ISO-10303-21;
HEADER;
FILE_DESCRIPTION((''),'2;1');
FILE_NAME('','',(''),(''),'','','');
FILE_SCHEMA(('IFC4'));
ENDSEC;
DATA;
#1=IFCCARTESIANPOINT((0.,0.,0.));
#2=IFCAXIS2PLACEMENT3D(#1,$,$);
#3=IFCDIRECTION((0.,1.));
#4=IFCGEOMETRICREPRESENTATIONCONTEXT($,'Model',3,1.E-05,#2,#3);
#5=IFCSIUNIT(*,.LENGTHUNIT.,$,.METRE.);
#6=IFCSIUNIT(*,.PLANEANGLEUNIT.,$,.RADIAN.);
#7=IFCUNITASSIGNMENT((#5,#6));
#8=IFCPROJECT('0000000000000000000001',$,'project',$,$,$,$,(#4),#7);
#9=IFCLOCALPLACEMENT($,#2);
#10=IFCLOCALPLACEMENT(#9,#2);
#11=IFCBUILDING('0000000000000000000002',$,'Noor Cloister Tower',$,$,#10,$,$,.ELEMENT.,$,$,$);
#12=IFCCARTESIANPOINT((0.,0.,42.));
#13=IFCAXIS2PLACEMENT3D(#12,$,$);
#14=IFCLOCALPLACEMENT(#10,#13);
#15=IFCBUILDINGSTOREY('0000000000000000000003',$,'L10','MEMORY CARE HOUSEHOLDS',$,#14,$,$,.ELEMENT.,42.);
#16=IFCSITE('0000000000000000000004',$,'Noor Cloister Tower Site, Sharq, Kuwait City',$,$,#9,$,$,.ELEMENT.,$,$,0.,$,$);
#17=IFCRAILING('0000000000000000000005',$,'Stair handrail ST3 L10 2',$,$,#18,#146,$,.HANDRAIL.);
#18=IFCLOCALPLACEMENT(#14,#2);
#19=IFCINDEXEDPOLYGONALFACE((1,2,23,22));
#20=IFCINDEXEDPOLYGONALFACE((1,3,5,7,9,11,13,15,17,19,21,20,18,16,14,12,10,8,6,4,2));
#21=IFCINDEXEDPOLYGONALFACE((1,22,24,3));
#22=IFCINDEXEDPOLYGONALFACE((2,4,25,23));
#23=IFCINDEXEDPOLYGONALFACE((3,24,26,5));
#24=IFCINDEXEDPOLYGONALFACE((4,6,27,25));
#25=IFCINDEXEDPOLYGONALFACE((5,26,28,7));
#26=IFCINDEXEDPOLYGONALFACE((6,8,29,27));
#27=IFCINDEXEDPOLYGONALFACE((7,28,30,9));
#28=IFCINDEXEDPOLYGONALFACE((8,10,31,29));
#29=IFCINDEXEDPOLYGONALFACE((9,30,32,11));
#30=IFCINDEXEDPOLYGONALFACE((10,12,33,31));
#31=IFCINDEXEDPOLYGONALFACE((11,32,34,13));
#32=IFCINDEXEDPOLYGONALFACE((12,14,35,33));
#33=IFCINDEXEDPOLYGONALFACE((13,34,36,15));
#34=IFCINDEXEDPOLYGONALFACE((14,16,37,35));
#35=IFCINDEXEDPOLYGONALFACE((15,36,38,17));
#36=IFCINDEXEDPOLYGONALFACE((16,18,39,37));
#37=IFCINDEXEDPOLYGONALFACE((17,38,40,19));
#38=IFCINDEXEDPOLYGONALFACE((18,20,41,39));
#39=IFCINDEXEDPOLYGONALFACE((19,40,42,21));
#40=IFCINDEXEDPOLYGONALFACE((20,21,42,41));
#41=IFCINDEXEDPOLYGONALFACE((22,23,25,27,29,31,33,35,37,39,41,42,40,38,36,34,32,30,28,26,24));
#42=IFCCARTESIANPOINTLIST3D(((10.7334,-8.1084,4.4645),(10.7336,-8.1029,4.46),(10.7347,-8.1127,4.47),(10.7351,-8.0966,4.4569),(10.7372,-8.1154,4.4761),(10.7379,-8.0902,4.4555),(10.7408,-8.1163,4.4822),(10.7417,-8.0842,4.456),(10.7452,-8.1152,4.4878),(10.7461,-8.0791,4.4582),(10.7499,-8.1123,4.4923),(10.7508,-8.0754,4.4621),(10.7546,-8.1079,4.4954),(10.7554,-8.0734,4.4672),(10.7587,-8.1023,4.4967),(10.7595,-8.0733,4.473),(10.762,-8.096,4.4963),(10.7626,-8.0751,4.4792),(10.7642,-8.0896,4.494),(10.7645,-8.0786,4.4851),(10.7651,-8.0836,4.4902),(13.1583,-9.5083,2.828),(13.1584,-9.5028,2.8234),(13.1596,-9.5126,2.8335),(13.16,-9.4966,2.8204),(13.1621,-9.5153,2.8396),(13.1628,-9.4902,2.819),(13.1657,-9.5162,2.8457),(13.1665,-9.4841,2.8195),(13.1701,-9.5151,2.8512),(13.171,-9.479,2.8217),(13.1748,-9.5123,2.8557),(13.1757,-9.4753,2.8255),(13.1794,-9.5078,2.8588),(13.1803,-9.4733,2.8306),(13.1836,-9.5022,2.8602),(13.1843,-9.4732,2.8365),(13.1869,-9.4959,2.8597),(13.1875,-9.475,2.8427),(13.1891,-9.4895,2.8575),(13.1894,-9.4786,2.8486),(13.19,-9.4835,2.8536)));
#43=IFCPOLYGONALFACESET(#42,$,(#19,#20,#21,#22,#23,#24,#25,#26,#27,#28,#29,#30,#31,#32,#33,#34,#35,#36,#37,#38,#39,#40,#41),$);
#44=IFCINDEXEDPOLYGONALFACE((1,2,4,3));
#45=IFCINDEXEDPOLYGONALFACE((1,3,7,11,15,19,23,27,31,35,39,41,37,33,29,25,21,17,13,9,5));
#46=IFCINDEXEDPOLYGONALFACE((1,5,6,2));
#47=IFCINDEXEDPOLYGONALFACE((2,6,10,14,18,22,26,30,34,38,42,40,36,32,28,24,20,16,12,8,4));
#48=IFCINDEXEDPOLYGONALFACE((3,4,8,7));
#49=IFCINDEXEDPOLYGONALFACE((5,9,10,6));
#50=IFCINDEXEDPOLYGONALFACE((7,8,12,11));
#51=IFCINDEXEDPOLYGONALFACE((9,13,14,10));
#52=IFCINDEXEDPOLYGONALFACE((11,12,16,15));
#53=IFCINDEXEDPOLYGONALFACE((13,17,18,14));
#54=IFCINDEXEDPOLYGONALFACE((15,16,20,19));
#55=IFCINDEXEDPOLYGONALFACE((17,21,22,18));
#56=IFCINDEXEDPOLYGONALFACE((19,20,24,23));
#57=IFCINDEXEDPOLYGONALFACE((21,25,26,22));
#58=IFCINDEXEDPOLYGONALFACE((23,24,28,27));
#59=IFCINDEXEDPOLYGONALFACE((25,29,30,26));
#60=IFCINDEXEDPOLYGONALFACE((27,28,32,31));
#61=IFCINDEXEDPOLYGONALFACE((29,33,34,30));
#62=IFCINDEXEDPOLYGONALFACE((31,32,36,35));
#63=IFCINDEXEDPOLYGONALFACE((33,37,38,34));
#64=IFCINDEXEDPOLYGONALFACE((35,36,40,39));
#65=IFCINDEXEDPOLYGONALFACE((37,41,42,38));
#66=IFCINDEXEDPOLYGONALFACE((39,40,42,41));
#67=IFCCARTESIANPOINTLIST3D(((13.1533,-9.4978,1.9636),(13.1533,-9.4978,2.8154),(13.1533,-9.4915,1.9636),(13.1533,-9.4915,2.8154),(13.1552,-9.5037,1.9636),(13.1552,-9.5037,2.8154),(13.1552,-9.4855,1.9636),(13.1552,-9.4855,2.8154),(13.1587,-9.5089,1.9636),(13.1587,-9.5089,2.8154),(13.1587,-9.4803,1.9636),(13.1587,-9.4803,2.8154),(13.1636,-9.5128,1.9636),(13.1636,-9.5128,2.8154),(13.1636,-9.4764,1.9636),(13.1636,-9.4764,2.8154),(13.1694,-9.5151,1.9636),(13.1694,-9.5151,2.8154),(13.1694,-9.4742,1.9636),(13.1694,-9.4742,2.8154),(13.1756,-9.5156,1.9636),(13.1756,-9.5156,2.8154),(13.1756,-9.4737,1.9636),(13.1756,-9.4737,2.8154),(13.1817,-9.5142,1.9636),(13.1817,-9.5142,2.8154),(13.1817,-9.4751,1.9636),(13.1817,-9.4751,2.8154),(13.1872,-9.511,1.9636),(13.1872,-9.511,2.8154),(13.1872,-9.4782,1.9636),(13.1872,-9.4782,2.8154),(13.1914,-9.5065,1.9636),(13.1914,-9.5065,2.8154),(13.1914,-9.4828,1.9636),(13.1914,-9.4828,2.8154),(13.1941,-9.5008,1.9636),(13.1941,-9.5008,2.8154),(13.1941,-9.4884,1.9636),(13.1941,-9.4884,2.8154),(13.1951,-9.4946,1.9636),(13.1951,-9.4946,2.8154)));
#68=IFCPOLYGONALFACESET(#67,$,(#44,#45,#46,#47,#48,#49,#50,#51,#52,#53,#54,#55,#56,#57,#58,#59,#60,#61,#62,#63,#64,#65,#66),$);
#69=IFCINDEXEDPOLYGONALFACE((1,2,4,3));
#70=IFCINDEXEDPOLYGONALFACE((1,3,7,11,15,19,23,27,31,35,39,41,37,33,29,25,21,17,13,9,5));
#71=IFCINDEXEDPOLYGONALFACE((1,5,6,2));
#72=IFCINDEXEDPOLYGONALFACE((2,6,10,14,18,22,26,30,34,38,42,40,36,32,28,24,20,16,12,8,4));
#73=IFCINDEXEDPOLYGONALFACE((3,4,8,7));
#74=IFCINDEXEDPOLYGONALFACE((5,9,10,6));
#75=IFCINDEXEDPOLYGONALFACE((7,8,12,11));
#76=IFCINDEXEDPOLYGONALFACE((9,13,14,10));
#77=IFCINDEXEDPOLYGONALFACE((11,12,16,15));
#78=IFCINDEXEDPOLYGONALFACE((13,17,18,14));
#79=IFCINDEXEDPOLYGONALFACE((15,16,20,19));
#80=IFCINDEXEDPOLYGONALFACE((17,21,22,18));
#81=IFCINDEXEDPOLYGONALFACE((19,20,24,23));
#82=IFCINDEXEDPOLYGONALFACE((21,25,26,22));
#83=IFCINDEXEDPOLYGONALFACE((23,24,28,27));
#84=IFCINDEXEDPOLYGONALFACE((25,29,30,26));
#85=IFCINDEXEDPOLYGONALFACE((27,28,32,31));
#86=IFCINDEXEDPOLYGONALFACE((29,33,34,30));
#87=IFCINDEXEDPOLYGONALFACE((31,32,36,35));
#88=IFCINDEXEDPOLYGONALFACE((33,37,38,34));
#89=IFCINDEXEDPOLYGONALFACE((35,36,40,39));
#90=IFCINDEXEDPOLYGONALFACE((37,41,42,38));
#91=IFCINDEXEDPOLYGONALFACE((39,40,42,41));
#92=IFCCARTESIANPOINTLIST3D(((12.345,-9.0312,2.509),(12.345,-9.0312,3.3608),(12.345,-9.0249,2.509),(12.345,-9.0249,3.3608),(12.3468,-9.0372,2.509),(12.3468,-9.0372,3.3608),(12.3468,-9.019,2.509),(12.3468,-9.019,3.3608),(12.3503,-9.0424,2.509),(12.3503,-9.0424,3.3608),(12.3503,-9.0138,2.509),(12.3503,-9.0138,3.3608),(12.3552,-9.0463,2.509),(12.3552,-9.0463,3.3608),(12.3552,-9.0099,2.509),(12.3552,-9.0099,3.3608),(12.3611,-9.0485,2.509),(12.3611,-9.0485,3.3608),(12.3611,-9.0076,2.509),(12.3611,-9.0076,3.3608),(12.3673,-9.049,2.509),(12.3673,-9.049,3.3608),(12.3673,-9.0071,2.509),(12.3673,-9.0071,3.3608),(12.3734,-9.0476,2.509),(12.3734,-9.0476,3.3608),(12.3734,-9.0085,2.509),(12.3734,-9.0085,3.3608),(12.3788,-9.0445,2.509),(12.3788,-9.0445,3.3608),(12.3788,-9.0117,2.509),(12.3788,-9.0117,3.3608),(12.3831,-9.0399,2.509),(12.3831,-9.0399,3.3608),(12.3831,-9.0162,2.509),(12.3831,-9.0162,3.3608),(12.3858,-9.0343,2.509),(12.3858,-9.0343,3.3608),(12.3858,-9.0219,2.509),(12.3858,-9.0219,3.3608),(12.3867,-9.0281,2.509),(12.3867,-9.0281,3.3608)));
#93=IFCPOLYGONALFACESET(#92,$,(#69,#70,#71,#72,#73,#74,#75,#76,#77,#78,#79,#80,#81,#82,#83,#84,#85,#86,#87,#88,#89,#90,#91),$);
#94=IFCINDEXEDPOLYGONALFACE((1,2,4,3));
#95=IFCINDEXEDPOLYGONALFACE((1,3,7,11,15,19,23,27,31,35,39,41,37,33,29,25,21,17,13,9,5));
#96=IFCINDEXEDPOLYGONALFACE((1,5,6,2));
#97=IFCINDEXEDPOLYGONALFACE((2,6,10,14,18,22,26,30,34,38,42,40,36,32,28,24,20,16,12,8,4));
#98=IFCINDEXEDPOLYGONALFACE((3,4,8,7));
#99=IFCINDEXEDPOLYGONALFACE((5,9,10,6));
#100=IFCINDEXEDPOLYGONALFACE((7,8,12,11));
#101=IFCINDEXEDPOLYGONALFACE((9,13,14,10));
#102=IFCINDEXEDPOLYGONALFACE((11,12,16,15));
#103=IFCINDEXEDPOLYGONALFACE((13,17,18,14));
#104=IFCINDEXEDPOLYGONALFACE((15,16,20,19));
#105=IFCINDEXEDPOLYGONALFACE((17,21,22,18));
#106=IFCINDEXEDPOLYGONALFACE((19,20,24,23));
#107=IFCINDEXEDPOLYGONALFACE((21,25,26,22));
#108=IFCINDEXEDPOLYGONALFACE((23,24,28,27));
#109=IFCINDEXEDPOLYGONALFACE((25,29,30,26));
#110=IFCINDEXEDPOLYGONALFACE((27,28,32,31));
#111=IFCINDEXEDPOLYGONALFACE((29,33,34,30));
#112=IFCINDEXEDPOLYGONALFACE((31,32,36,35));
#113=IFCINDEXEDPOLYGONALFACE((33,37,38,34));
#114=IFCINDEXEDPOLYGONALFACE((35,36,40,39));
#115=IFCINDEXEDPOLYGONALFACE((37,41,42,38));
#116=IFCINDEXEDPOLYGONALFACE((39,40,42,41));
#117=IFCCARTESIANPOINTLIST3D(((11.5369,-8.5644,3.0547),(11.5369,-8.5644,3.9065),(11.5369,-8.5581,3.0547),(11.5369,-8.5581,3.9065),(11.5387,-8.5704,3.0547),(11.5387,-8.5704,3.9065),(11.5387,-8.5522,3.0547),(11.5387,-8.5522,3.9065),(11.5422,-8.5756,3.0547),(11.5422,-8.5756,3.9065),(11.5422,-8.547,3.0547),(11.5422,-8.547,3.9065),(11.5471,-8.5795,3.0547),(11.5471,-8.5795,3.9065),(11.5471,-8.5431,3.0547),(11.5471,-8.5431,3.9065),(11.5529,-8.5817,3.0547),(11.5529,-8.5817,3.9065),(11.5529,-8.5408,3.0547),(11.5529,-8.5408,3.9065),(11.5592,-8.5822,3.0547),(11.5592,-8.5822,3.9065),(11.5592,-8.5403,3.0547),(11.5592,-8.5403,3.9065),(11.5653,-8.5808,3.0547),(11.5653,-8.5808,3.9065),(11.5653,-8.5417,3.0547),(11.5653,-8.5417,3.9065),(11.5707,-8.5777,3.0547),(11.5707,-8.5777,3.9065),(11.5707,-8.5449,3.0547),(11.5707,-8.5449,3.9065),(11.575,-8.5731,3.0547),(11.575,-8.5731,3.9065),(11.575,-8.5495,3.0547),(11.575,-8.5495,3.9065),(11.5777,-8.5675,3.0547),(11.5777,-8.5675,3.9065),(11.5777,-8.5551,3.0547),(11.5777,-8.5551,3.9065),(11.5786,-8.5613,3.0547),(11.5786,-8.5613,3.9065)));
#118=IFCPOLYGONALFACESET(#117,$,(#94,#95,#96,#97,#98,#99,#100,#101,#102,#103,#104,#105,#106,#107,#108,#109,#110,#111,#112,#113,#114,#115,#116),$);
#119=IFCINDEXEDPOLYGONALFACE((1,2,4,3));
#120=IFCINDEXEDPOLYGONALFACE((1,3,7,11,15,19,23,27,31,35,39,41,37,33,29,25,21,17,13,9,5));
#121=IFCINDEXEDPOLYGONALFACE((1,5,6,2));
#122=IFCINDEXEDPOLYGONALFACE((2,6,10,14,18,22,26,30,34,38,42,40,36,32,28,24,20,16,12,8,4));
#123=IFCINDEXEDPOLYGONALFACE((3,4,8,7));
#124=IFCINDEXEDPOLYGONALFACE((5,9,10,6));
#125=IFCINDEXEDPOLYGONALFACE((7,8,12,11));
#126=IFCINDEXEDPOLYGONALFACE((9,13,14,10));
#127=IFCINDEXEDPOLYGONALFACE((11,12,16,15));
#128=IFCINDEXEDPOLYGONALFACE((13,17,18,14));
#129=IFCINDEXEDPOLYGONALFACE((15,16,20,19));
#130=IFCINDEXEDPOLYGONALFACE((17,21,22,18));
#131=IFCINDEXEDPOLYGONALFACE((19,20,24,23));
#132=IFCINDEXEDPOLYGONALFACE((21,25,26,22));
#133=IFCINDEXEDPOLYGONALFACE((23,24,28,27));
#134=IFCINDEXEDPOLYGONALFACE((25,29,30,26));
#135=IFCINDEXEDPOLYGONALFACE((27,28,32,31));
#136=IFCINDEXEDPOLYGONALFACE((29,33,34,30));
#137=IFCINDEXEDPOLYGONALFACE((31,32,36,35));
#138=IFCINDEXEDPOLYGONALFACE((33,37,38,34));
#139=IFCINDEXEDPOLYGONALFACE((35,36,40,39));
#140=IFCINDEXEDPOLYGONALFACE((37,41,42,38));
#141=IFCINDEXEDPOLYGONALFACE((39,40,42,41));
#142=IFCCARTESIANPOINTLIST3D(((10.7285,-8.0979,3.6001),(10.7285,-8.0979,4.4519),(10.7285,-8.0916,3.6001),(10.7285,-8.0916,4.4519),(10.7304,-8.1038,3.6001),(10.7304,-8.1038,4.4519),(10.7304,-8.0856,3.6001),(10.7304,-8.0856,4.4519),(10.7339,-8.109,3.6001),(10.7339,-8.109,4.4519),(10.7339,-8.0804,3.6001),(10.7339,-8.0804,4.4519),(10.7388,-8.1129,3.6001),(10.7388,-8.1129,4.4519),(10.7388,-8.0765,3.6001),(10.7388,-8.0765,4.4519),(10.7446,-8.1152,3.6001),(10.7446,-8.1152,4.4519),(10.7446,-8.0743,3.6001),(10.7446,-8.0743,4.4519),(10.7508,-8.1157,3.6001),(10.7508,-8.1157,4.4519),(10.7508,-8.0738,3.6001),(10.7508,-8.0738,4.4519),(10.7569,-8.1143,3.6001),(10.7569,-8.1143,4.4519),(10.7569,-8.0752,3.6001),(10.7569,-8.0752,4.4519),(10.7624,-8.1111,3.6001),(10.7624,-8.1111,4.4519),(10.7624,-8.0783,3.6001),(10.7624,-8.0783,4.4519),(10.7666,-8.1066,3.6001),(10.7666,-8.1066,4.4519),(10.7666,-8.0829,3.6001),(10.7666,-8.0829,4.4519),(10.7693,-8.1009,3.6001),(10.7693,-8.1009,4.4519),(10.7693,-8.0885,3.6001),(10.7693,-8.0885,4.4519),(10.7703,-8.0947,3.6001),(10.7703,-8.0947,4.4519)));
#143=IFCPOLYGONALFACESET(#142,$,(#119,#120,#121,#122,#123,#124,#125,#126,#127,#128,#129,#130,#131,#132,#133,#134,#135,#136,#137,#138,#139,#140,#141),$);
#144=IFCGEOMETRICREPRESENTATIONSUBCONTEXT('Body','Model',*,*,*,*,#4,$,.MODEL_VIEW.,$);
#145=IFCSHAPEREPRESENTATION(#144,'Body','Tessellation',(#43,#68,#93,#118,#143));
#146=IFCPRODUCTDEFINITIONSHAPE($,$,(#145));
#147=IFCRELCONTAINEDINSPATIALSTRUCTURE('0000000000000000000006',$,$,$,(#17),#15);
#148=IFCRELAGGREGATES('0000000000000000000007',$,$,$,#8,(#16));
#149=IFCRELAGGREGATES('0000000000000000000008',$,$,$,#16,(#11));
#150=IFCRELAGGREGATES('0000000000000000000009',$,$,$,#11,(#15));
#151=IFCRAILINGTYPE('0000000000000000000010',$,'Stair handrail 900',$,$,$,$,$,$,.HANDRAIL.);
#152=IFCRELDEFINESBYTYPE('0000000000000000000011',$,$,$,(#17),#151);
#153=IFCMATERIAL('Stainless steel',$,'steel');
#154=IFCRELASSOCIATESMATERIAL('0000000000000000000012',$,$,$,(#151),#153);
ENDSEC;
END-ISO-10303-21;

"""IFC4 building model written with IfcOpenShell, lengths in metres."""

from ifc_helpers import new_model, si_unit, direction, frame, origin, origin_2d, place, context, subcontext, project, spatial, circle, extrude, material, type_object, element, save


model = new_model("IFC4")

# Units and contexts
model_context = context("Model", 3, precision=1e-05, world=origin(), true_north=direction((0.0, 1.0)))
body_context = subcontext(model_context, "Body", "Model", "MODEL_VIEW")
ifc_project = project(units=[si_unit("LENGTHUNIT", "METRE"), si_unit("PLANEANGLEUNIT", "RADIAN")], contexts=[model_context])

# Site, building, storey
site_placement = place(None, origin())
site = spatial("IfcSite", under=ifc_project, at=site_placement, Name="Noor Cloister Tower Site, Sharq, Kuwait City", CompositionType="ELEMENT", RefElevation=0.0)
building_placement = place(site_placement, origin())
building = spatial("IfcBuilding", under=site, at=building_placement, Name="Noor Cloister Tower", CompositionType="ELEMENT")
storey_placement = place(building_placement, frame((0.0, 0.0, 42.0)))
storey = spatial("IfcBuildingStorey", under=building, at=storey_placement, Name="L10", Description="MEMORY CARE HOUSEHOLDS", CompositionType="ELEMENT", Elevation=42.0)

# Railing
ifc_material_1 = material(Name="Stainless steel", Category="steel")
railing_type = type_object("IfcRailingType", Name="Stair handrail 900", PredefinedType="HANDRAIL", material=ifc_material_1)
railing_placement = place(storey_placement, frame((13.1741, -9.4946, 1.9636)))
element("IfcRailing", 1, at=railing_placement, inside=storey, type_object=railing_type, Name="Stair handrail ST3 L10 2", PredefinedType="HANDRAIL", context=body_context, shape_type="SweptSolid", body=[
    extrude(circle(Radius=0.0239, at=origin_2d()), frame((0.0, 0.0, 0.876), z_axis=(-0.74769, 0.431661, 0.504608), x_axis=(-0.499984, -0.866035, 0.0)), (0.0, 0.0, 1.0), 3.2432),
    extrude(circle(Radius=0.021, at=origin_2d()), origin(), (0.0, 0.0, 1.0), 0.8518),
    extrude(circle(Radius=0.021, at=origin_2d()), frame((-0.8083, 0.4666, 0.5454)), (0.0, 0.0, 1.0), 0.8518),
    extrude(circle(Radius=0.021, at=origin_2d()), frame((-1.6165, 0.9333, 1.0911)), (0.0, 0.0, 1.0), 0.8518),
    extrude(circle(Radius=0.021, at=origin_2d()), frame((-2.4248, 1.3999, 1.6365)), (0.0, 0.0, 1.0), 0.8518),
])

save(model, "model.ifc")
